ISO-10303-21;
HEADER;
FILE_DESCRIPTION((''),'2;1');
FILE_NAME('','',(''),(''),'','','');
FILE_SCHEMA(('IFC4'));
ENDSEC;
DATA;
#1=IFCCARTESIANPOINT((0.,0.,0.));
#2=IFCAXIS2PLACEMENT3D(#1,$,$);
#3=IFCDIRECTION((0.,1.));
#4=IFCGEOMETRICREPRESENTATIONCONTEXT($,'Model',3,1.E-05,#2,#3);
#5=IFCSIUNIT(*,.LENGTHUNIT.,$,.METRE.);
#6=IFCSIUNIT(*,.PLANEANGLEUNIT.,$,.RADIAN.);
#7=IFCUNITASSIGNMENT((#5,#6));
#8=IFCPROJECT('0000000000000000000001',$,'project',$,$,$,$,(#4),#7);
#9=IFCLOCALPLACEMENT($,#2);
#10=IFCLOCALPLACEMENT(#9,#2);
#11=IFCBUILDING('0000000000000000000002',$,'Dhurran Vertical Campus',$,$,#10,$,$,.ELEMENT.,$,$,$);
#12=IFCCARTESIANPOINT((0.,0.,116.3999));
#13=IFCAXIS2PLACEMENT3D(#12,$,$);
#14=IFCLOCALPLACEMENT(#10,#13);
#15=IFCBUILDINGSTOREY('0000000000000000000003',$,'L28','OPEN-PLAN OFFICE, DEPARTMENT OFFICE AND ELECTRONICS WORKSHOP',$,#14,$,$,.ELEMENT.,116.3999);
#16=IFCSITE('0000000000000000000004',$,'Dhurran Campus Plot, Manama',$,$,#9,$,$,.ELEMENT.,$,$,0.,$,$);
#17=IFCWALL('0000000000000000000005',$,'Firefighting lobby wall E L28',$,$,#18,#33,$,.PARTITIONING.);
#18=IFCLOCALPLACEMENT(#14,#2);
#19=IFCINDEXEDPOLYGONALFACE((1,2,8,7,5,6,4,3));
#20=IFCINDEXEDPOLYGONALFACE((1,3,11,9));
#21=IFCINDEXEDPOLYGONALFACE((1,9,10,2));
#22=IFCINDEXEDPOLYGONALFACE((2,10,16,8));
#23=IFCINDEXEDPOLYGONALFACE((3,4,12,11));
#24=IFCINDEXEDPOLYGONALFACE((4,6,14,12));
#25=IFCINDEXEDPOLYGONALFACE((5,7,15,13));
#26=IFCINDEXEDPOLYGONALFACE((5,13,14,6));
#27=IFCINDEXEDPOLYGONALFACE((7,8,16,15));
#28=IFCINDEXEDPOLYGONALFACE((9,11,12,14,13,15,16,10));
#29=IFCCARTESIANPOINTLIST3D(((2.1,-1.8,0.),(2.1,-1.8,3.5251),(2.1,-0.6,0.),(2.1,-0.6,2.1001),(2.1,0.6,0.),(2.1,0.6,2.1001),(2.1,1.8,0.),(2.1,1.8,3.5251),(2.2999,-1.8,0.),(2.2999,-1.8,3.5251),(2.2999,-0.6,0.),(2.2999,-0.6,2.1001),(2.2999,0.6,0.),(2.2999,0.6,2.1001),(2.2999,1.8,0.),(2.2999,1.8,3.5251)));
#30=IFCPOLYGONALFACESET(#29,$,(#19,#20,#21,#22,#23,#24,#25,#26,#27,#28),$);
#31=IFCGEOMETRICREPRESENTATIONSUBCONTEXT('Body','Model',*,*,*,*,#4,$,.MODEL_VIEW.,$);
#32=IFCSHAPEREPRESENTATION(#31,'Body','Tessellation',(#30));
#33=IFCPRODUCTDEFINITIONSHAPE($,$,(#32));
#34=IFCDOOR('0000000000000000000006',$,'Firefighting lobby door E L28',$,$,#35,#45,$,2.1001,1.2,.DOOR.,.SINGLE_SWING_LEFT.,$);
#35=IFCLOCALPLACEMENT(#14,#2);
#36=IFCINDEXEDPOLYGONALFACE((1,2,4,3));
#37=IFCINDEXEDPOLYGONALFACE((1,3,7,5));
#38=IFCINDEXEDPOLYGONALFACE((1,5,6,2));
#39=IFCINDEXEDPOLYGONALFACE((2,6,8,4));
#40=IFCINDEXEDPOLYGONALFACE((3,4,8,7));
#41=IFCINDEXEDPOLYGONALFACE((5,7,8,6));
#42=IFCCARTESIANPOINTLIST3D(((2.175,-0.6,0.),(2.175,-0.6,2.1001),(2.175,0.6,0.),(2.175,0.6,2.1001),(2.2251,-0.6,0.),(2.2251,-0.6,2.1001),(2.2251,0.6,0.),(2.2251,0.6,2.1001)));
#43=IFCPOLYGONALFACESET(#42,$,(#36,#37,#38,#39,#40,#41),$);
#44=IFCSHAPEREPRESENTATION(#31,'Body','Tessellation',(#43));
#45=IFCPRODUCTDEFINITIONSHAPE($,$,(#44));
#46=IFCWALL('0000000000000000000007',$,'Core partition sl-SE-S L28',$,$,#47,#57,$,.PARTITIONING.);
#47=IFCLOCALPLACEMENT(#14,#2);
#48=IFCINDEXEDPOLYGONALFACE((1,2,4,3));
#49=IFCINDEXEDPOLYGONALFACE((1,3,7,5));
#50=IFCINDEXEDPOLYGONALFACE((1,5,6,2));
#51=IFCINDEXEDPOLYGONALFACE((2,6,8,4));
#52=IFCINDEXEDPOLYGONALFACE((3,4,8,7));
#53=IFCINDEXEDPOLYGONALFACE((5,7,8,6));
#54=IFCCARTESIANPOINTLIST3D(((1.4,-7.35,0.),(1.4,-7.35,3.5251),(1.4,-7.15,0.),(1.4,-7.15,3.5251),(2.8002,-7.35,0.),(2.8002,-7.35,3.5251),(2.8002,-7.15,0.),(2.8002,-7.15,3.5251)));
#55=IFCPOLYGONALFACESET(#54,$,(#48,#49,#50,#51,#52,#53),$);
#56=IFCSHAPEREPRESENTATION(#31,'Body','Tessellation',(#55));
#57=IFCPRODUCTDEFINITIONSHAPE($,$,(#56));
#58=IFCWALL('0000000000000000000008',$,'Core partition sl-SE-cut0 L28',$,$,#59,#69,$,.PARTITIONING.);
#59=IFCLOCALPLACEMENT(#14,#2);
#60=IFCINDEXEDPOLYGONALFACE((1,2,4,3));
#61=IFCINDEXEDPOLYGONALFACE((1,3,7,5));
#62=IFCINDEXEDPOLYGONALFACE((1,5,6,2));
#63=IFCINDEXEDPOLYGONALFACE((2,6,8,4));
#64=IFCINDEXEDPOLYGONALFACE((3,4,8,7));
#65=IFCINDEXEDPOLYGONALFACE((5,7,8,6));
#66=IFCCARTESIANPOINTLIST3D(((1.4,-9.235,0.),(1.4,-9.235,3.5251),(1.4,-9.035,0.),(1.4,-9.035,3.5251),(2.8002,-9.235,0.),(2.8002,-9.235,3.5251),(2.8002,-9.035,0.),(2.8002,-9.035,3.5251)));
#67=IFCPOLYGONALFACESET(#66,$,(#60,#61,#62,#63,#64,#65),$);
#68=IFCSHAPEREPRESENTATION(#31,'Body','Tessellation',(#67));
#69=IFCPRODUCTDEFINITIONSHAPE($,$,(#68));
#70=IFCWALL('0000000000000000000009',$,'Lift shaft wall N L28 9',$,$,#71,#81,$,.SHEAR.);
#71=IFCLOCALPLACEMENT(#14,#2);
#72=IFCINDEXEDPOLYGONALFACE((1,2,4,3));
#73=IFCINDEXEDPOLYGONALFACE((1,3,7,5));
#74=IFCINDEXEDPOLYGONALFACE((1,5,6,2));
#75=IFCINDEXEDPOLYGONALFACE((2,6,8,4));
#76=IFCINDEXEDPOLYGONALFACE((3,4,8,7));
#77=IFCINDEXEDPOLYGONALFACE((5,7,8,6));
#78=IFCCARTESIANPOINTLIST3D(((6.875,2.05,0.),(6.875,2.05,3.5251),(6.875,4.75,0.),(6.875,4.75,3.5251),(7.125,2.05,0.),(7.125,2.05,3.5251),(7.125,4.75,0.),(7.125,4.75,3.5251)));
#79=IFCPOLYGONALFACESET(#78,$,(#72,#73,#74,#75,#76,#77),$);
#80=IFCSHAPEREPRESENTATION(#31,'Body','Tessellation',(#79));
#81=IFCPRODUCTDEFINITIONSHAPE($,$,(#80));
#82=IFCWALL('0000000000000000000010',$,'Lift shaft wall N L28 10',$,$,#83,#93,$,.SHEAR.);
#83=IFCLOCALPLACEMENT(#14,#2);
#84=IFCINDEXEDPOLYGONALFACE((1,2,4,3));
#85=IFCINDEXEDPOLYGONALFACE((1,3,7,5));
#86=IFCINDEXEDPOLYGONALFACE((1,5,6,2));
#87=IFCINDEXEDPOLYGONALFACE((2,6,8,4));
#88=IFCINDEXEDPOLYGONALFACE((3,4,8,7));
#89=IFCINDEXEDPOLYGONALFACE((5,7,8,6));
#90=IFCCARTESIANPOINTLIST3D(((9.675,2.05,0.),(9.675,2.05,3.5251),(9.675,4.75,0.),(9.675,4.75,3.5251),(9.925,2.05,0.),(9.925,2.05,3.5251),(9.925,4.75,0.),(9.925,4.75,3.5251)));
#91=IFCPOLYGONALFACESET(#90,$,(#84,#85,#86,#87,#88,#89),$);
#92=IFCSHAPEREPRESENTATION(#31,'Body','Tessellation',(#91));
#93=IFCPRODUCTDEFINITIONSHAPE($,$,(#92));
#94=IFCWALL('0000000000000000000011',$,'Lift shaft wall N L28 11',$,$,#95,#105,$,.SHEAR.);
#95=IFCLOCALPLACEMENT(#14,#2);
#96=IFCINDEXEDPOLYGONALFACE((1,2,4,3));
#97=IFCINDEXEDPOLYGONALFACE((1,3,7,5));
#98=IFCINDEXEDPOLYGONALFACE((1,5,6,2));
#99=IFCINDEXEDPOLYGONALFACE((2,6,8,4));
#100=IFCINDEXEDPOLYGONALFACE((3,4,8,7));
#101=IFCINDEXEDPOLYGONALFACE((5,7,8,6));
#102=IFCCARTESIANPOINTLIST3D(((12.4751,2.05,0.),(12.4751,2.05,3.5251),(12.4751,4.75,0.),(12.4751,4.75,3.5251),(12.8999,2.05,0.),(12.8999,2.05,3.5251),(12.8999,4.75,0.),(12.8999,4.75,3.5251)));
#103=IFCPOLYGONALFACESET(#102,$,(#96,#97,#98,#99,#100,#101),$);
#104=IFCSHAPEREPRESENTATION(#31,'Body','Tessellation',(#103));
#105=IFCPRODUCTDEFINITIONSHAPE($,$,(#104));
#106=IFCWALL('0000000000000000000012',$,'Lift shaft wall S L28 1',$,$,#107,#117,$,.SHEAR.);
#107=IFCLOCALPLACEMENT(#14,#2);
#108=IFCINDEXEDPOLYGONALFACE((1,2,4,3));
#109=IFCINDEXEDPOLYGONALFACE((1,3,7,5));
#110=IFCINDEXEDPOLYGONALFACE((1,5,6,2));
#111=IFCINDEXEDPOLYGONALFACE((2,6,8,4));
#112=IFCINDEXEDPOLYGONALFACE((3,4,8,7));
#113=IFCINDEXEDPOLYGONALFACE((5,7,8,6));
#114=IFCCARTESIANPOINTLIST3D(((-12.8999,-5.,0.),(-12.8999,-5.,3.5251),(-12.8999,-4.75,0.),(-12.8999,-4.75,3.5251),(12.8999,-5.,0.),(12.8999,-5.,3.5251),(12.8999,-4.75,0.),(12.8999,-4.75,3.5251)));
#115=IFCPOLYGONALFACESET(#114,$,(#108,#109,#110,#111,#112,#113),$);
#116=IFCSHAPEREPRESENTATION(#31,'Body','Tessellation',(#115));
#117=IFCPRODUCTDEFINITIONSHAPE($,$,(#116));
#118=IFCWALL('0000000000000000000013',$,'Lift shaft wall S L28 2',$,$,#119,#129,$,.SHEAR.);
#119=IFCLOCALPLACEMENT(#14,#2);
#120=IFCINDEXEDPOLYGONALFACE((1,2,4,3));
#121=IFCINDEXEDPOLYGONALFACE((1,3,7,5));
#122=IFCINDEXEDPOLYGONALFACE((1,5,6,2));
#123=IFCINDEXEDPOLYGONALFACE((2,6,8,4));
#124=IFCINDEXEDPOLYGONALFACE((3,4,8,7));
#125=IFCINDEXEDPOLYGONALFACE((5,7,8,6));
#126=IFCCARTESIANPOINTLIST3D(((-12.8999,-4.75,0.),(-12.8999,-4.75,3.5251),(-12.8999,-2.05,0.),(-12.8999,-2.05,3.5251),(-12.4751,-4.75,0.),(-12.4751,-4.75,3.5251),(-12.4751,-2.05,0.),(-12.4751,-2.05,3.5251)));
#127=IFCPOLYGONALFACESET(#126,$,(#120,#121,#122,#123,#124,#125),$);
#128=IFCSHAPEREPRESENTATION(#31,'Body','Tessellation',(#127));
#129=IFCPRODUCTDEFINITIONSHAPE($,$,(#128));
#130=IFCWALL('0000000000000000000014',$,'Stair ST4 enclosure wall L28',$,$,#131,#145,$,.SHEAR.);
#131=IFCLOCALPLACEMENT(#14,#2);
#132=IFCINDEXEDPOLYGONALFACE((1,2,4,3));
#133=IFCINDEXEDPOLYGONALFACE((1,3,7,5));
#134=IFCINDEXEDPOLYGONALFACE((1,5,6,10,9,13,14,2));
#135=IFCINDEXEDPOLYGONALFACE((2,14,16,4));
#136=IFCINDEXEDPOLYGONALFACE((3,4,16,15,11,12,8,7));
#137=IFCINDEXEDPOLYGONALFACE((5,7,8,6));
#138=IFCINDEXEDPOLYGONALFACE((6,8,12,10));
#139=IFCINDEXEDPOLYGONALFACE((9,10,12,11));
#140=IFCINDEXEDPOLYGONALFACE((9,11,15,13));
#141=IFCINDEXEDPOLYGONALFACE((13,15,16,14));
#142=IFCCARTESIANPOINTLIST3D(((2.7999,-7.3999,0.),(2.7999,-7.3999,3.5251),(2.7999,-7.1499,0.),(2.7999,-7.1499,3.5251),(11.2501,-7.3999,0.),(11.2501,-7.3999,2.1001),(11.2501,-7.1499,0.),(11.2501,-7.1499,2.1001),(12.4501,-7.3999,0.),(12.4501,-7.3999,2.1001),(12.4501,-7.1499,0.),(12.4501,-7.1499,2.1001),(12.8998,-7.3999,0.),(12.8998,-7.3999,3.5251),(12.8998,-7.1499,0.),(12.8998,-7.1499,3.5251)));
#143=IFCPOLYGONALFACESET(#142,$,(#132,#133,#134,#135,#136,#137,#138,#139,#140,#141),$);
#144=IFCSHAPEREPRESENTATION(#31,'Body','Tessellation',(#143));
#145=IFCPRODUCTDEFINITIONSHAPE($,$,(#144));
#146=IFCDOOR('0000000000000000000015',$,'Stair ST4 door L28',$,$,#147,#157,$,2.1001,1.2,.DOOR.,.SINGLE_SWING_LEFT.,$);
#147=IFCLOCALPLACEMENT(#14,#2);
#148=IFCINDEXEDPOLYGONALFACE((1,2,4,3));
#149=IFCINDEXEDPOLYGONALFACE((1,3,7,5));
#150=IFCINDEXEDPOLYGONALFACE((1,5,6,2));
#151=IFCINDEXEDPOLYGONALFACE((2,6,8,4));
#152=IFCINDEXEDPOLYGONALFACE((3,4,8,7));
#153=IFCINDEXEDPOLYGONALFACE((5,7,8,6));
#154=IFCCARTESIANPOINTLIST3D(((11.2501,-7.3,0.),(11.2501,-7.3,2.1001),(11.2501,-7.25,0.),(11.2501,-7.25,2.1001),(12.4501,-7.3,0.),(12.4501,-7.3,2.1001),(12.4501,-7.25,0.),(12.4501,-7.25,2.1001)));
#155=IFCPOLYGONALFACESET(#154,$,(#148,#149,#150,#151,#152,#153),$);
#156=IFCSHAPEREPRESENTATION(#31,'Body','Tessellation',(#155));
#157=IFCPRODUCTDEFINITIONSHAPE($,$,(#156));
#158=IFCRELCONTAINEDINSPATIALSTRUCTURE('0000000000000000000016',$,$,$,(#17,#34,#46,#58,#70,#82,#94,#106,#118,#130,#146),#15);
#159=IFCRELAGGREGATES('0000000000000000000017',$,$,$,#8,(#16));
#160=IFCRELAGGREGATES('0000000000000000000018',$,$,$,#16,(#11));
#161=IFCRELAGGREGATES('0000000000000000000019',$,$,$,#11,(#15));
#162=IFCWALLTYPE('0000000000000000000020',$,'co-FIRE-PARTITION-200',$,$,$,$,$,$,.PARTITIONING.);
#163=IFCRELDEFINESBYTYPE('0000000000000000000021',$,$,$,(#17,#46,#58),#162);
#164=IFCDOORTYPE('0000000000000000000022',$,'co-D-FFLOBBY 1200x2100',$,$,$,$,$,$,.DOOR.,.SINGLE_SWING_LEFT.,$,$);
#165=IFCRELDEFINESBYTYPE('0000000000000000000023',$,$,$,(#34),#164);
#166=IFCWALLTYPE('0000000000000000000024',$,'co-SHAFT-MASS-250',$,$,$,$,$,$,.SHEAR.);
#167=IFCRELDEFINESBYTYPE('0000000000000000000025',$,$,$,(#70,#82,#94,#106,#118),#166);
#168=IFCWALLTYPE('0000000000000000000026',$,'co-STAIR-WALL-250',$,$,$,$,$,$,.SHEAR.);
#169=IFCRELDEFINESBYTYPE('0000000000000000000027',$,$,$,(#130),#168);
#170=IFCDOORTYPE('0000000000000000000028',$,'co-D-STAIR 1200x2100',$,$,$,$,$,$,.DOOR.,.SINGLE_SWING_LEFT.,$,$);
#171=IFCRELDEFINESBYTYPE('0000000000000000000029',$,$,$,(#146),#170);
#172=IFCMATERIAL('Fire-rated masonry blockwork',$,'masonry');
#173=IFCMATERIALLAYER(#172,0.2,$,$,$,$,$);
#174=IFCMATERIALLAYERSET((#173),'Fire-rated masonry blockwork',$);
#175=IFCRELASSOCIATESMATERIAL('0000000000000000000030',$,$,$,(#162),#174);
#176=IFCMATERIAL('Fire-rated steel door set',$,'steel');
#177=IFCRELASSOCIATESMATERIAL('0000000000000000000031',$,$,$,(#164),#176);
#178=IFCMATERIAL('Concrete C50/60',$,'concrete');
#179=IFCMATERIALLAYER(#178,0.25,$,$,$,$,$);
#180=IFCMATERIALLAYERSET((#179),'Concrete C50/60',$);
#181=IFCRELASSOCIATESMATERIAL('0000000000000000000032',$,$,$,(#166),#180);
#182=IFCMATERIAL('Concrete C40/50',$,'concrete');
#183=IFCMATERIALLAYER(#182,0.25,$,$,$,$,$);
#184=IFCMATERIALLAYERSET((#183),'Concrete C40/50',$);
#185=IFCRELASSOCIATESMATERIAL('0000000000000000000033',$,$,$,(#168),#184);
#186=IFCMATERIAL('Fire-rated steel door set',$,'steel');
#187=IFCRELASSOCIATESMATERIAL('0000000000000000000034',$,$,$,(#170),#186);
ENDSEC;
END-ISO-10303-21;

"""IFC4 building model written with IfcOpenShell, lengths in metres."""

from ifc_helpers import new_model, si_unit, direction, frame, frame_2d, origin, place, context, subcontext, project, spatial, polyline, rectangle, outline, extrude, material, layer, layer_set, type_object, element, fill, save


model = new_model("IFC4")

# Units and contexts
model_context = context("Model", 3, precision=1e-05, world=origin(), true_north=direction((0.0, 1.0)))
body_context = subcontext(model_context, "Body", "Model", "MODEL_VIEW")
ifc_project = project(units=[si_unit("LENGTHUNIT", "METRE"), si_unit("PLANEANGLEUNIT", "RADIAN")], contexts=[model_context])

# Site, building, storey
site_placement = place(None, origin())
site = spatial("IfcSite", under=ifc_project, at=site_placement, Name="Dhurran Campus Plot, Manama", CompositionType="ELEMENT", RefElevation=0.0)
building_placement = place(site_placement, origin())
building = spatial("IfcBuilding", under=site, at=building_placement, Name="Dhurran Vertical Campus", CompositionType="ELEMENT")
storey_placement = place(building_placement, frame((0.0, 0.0, 116.3999)))
storey = spatial("IfcBuildingStorey", under=building, at=storey_placement, Name="L28", Description="OPEN-PLAN OFFICE, DEPARTMENT OFFICE AND ELECTRONICS WORKSHOP", CompositionType="ELEMENT", Elevation=116.3999)

# Wall, opening, door
ifc_material_1 = material(Name="Fire-rated masonry blockwork", Category="masonry")
ifc_layer_1 = layer(ifc_material_1, 0.2)
ifc_layer_set_1 = layer_set([ifc_layer_1], Name="Fire-rated masonry blockwork")
wall_type_1 = type_object("IfcWallType", Name="co-FIRE-PARTITION-200", PredefinedType="PARTITIONING", material=ifc_layer_set_1)
wall_1_placement = place(storey_placement, frame((2.2, -1.8, 0.0), z_axis=(0.0, 0.0, 1.0), x_axis=(0.0, 1.0, 0.0)))
wall_1 = element("IfcWall", 1, at=wall_1_placement, inside=storey, type_object=wall_type_1, Name="Firefighting lobby wall E L28", PredefinedType="PARTITIONING", context=body_context, shape_type="SweptSolid", body=[
    extrude(rectangle(XDim=3.6001, YDim=0.2, at=frame_2d((1.8, 0.0))), origin(), (0.0, 0.0, 1.0), 3.5251),
])
opening_1_placement = place(wall_1_placement, frame((1.2, 0.0, 0.0)))
opening_1 = element("IfcOpeningElement", 2, at=opening_1_placement, cuts=wall_1, PredefinedType="OPENING", context=body_context, shape_type="SweptSolid", body=[
    extrude(rectangle(XDim=1.2, YDim=2.1001, at=frame_2d((0.6001, 1.05))), frame((0.0, 0.1099, 0.0), z_axis=(0.0, -1.0, 0.0), x_axis=(1.0, 0.0, 0.0)), (0.0, 0.0, 1.0), 0.22),
])
ifc_material_2 = material(Name="Fire-rated steel door set", Category="steel")
door_type_1 = type_object("IfcDoorType", Name="co-D-FFLOBBY 1200x2100", OperationType="SINGLE_SWING_LEFT", PredefinedType="DOOR", material=ifc_material_2)
door_1_placement = place(opening_1_placement, origin())
door_1 = element("IfcDoor", 3, at=door_1_placement, inside=storey, type_object=door_type_1, Name="Firefighting lobby door E L28", OperationType="SINGLE_SWING_LEFT", OverallHeight=2.1001, OverallWidth=1.2, PredefinedType="DOOR", context=body_context, shape_type="SweptSolid", body=[
    extrude(rectangle(XDim=1.2, YDim=2.1001, at=frame_2d((0.6001, 1.05))), frame((0.0, 0.0249, 0.0), z_axis=(0.0, -1.0, 0.0), x_axis=(1.0, 0.0, 0.0)), (0.0, 0.0, 1.0), 0.05),
])
fill(opening_1, door_1)

# Walls
for number, where, z_axis, x_axis, name in (
    (4, (1.3999, -7.25, 0.0), (0.0, 0.0, 1.0), (1.0, 0.0, 0.0), "Core partition sl-SE-S L28"),
    (5, (1.3999, -9.135, 0.0), (0.0, 0.0, 1.0), (1.0, 0.0, 0.0), "Core partition sl-SE-cut0 L28"),
):
    element("IfcWall", number, at=place(storey_placement, frame(where, z_axis=z_axis, x_axis=x_axis)), inside=storey, type_object=wall_type_1, Name=name, PredefinedType="PARTITIONING", context=body_context, shape_type="SweptSolid", body=[
        extrude(rectangle(XDim=1.4001, YDim=0.2, at=frame_2d((0.7002, 0.0))), origin(), (0.0, 0.0, 1.0), 3.5251),
    ])
ifc_material_3 = material(Name="Concrete C50/60", Category="concrete")
ifc_layer_2 = layer(ifc_material_3, 0.25)
ifc_layer_set_2 = layer_set([ifc_layer_2], Name="Concrete C50/60")
wall_type_2 = type_object("IfcWallType", Name="co-SHAFT-MASS-250", PredefinedType="SHEAR", material=ifc_layer_set_2)
wall_2_placement = place(storey_placement, origin())
element("IfcWall", 6, at=wall_2_placement, inside=storey, type_object=wall_type_2, Name="Lift shaft wall N L28 9", PredefinedType="SHEAR", context=body_context, shape_type="SweptSolid", body=[
    extrude(outline(polyline([(6.875, 2.05), (7.125, 2.05), (7.125, 4.75), (6.875, 4.75), (6.875, 2.05)])), origin(), (0.0, 0.0, 1.0), 3.5251),
])
wall_3_placement = place(storey_placement, origin())
element("IfcWall", 7, at=wall_3_placement, inside=storey, type_object=wall_type_2, Name="Lift shaft wall N L28 10", PredefinedType="SHEAR", context=body_context, shape_type="SweptSolid", body=[
    extrude(outline(polyline([(9.675, 2.05), (9.925, 2.05), (9.925, 4.75), (9.675, 4.75), (9.675, 2.05)])), origin(), (0.0, 0.0, 1.0), 3.5251),
])
wall_4_placement = place(storey_placement, origin())
element("IfcWall", 8, at=wall_4_placement, inside=storey, type_object=wall_type_2, Name="Lift shaft wall N L28 11", PredefinedType="SHEAR", context=body_context, shape_type="SweptSolid", body=[
    extrude(outline(polyline([(12.4751, 2.05), (12.8999, 2.05), (12.8999, 4.75), (12.4751, 4.75), (12.4751, 2.05)])), origin(), (0.0, 0.0, 1.0), 3.5251),
])
wall_5_placement = place(storey_placement, origin())
element("IfcWall", 9, at=wall_5_placement, inside=storey, type_object=wall_type_2, Name="Lift shaft wall S L28 1", PredefinedType="SHEAR", context=body_context, shape_type="SweptSolid", body=[
    extrude(outline(polyline([(-12.8999, -5.0), (12.8999, -5.0), (12.8999, -4.75), (-12.8999, -4.75), (-12.8999, -5.0)])), origin(), (0.0, 0.0, 1.0), 3.5251),
])
wall_6_placement = place(storey_placement, origin())
element("IfcWall", 10, at=wall_6_placement, inside=storey, type_object=wall_type_2, Name="Lift shaft wall S L28 2", PredefinedType="SHEAR", context=body_context, shape_type="SweptSolid", body=[
    extrude(outline(polyline([(-12.8999, -4.75), (-12.4751, -4.75), (-12.4751, -2.05), (-12.8999, -2.05), (-12.8999, -4.75)])), origin(), (0.0, 0.0, 1.0), 3.5251),
])

# Wall, opening, door
ifc_material_4 = material(Name="Concrete C40/50", Category="concrete")
ifc_layer_3 = layer(ifc_material_4, 0.25)
ifc_layer_set_3 = layer_set([ifc_layer_3], Name="Concrete C40/50")
wall_type_3 = type_object("IfcWallType", Name="co-STAIR-WALL-250", PredefinedType="SHEAR", material=ifc_layer_set_3)
wall_7_placement = place(storey_placement, frame((2.8, -7.2749, 0.0), z_axis=(0.0, 0.0, 1.0), x_axis=(1.0, 0.0, 0.0)))
wall_7 = element("IfcWall", 11, at=wall_7_placement, inside=storey, type_object=wall_type_3, Name="Stair ST4 enclosure wall L28", PredefinedType="SHEAR", context=body_context, shape_type="SweptSolid", body=[
    extrude(rectangle(XDim=10.0999, YDim=0.25, at=frame_2d((5.0498, 0.0))), origin(), (0.0, 0.0, 1.0), 3.5251),
])
opening_2_placement = place(wall_7_placement, frame((8.45, 0.0, 0.0)))
opening_2 = element("IfcOpeningElement", 12, at=opening_2_placement, cuts=wall_7, PredefinedType="OPENING", context=body_context, shape_type="SweptSolid", body=[
    extrude(rectangle(XDim=1.2, YDim=2.1001, at=frame_2d((0.6001, 1.05))), frame((0.0, 0.135, 0.0), z_axis=(0.0, -1.0, 0.0), x_axis=(1.0, 0.0, 0.0)), (0.0, 0.0, 1.0), 0.27),
])
ifc_material_5 = material(Name="Fire-rated steel door set", Category="steel")
door_type_2 = type_object("IfcDoorType", Name="co-D-STAIR 1200x2100", OperationType="SINGLE_SWING_LEFT", PredefinedType="DOOR", material=ifc_material_5)
door_2_placement = place(opening_2_placement, origin())
door_2 = element("IfcDoor", 13, at=door_2_placement, inside=storey, type_object=door_type_2, Name="Stair ST4 door L28", OperationType="SINGLE_SWING_LEFT", OverallHeight=2.1001, OverallWidth=1.2, PredefinedType="DOOR", context=body_context, shape_type="SweptSolid", body=[
    extrude(rectangle(XDim=1.2, YDim=2.1001, at=frame_2d((0.6001, 1.05))), frame((0.0, 0.0249, 0.0), z_axis=(0.0, -1.0, 0.0), x_axis=(1.0, 0.0, 0.0)), (0.0, 0.0, 1.0), 0.05),
])
fill(opening_2, door_2)

save(model, "model.ifc")
